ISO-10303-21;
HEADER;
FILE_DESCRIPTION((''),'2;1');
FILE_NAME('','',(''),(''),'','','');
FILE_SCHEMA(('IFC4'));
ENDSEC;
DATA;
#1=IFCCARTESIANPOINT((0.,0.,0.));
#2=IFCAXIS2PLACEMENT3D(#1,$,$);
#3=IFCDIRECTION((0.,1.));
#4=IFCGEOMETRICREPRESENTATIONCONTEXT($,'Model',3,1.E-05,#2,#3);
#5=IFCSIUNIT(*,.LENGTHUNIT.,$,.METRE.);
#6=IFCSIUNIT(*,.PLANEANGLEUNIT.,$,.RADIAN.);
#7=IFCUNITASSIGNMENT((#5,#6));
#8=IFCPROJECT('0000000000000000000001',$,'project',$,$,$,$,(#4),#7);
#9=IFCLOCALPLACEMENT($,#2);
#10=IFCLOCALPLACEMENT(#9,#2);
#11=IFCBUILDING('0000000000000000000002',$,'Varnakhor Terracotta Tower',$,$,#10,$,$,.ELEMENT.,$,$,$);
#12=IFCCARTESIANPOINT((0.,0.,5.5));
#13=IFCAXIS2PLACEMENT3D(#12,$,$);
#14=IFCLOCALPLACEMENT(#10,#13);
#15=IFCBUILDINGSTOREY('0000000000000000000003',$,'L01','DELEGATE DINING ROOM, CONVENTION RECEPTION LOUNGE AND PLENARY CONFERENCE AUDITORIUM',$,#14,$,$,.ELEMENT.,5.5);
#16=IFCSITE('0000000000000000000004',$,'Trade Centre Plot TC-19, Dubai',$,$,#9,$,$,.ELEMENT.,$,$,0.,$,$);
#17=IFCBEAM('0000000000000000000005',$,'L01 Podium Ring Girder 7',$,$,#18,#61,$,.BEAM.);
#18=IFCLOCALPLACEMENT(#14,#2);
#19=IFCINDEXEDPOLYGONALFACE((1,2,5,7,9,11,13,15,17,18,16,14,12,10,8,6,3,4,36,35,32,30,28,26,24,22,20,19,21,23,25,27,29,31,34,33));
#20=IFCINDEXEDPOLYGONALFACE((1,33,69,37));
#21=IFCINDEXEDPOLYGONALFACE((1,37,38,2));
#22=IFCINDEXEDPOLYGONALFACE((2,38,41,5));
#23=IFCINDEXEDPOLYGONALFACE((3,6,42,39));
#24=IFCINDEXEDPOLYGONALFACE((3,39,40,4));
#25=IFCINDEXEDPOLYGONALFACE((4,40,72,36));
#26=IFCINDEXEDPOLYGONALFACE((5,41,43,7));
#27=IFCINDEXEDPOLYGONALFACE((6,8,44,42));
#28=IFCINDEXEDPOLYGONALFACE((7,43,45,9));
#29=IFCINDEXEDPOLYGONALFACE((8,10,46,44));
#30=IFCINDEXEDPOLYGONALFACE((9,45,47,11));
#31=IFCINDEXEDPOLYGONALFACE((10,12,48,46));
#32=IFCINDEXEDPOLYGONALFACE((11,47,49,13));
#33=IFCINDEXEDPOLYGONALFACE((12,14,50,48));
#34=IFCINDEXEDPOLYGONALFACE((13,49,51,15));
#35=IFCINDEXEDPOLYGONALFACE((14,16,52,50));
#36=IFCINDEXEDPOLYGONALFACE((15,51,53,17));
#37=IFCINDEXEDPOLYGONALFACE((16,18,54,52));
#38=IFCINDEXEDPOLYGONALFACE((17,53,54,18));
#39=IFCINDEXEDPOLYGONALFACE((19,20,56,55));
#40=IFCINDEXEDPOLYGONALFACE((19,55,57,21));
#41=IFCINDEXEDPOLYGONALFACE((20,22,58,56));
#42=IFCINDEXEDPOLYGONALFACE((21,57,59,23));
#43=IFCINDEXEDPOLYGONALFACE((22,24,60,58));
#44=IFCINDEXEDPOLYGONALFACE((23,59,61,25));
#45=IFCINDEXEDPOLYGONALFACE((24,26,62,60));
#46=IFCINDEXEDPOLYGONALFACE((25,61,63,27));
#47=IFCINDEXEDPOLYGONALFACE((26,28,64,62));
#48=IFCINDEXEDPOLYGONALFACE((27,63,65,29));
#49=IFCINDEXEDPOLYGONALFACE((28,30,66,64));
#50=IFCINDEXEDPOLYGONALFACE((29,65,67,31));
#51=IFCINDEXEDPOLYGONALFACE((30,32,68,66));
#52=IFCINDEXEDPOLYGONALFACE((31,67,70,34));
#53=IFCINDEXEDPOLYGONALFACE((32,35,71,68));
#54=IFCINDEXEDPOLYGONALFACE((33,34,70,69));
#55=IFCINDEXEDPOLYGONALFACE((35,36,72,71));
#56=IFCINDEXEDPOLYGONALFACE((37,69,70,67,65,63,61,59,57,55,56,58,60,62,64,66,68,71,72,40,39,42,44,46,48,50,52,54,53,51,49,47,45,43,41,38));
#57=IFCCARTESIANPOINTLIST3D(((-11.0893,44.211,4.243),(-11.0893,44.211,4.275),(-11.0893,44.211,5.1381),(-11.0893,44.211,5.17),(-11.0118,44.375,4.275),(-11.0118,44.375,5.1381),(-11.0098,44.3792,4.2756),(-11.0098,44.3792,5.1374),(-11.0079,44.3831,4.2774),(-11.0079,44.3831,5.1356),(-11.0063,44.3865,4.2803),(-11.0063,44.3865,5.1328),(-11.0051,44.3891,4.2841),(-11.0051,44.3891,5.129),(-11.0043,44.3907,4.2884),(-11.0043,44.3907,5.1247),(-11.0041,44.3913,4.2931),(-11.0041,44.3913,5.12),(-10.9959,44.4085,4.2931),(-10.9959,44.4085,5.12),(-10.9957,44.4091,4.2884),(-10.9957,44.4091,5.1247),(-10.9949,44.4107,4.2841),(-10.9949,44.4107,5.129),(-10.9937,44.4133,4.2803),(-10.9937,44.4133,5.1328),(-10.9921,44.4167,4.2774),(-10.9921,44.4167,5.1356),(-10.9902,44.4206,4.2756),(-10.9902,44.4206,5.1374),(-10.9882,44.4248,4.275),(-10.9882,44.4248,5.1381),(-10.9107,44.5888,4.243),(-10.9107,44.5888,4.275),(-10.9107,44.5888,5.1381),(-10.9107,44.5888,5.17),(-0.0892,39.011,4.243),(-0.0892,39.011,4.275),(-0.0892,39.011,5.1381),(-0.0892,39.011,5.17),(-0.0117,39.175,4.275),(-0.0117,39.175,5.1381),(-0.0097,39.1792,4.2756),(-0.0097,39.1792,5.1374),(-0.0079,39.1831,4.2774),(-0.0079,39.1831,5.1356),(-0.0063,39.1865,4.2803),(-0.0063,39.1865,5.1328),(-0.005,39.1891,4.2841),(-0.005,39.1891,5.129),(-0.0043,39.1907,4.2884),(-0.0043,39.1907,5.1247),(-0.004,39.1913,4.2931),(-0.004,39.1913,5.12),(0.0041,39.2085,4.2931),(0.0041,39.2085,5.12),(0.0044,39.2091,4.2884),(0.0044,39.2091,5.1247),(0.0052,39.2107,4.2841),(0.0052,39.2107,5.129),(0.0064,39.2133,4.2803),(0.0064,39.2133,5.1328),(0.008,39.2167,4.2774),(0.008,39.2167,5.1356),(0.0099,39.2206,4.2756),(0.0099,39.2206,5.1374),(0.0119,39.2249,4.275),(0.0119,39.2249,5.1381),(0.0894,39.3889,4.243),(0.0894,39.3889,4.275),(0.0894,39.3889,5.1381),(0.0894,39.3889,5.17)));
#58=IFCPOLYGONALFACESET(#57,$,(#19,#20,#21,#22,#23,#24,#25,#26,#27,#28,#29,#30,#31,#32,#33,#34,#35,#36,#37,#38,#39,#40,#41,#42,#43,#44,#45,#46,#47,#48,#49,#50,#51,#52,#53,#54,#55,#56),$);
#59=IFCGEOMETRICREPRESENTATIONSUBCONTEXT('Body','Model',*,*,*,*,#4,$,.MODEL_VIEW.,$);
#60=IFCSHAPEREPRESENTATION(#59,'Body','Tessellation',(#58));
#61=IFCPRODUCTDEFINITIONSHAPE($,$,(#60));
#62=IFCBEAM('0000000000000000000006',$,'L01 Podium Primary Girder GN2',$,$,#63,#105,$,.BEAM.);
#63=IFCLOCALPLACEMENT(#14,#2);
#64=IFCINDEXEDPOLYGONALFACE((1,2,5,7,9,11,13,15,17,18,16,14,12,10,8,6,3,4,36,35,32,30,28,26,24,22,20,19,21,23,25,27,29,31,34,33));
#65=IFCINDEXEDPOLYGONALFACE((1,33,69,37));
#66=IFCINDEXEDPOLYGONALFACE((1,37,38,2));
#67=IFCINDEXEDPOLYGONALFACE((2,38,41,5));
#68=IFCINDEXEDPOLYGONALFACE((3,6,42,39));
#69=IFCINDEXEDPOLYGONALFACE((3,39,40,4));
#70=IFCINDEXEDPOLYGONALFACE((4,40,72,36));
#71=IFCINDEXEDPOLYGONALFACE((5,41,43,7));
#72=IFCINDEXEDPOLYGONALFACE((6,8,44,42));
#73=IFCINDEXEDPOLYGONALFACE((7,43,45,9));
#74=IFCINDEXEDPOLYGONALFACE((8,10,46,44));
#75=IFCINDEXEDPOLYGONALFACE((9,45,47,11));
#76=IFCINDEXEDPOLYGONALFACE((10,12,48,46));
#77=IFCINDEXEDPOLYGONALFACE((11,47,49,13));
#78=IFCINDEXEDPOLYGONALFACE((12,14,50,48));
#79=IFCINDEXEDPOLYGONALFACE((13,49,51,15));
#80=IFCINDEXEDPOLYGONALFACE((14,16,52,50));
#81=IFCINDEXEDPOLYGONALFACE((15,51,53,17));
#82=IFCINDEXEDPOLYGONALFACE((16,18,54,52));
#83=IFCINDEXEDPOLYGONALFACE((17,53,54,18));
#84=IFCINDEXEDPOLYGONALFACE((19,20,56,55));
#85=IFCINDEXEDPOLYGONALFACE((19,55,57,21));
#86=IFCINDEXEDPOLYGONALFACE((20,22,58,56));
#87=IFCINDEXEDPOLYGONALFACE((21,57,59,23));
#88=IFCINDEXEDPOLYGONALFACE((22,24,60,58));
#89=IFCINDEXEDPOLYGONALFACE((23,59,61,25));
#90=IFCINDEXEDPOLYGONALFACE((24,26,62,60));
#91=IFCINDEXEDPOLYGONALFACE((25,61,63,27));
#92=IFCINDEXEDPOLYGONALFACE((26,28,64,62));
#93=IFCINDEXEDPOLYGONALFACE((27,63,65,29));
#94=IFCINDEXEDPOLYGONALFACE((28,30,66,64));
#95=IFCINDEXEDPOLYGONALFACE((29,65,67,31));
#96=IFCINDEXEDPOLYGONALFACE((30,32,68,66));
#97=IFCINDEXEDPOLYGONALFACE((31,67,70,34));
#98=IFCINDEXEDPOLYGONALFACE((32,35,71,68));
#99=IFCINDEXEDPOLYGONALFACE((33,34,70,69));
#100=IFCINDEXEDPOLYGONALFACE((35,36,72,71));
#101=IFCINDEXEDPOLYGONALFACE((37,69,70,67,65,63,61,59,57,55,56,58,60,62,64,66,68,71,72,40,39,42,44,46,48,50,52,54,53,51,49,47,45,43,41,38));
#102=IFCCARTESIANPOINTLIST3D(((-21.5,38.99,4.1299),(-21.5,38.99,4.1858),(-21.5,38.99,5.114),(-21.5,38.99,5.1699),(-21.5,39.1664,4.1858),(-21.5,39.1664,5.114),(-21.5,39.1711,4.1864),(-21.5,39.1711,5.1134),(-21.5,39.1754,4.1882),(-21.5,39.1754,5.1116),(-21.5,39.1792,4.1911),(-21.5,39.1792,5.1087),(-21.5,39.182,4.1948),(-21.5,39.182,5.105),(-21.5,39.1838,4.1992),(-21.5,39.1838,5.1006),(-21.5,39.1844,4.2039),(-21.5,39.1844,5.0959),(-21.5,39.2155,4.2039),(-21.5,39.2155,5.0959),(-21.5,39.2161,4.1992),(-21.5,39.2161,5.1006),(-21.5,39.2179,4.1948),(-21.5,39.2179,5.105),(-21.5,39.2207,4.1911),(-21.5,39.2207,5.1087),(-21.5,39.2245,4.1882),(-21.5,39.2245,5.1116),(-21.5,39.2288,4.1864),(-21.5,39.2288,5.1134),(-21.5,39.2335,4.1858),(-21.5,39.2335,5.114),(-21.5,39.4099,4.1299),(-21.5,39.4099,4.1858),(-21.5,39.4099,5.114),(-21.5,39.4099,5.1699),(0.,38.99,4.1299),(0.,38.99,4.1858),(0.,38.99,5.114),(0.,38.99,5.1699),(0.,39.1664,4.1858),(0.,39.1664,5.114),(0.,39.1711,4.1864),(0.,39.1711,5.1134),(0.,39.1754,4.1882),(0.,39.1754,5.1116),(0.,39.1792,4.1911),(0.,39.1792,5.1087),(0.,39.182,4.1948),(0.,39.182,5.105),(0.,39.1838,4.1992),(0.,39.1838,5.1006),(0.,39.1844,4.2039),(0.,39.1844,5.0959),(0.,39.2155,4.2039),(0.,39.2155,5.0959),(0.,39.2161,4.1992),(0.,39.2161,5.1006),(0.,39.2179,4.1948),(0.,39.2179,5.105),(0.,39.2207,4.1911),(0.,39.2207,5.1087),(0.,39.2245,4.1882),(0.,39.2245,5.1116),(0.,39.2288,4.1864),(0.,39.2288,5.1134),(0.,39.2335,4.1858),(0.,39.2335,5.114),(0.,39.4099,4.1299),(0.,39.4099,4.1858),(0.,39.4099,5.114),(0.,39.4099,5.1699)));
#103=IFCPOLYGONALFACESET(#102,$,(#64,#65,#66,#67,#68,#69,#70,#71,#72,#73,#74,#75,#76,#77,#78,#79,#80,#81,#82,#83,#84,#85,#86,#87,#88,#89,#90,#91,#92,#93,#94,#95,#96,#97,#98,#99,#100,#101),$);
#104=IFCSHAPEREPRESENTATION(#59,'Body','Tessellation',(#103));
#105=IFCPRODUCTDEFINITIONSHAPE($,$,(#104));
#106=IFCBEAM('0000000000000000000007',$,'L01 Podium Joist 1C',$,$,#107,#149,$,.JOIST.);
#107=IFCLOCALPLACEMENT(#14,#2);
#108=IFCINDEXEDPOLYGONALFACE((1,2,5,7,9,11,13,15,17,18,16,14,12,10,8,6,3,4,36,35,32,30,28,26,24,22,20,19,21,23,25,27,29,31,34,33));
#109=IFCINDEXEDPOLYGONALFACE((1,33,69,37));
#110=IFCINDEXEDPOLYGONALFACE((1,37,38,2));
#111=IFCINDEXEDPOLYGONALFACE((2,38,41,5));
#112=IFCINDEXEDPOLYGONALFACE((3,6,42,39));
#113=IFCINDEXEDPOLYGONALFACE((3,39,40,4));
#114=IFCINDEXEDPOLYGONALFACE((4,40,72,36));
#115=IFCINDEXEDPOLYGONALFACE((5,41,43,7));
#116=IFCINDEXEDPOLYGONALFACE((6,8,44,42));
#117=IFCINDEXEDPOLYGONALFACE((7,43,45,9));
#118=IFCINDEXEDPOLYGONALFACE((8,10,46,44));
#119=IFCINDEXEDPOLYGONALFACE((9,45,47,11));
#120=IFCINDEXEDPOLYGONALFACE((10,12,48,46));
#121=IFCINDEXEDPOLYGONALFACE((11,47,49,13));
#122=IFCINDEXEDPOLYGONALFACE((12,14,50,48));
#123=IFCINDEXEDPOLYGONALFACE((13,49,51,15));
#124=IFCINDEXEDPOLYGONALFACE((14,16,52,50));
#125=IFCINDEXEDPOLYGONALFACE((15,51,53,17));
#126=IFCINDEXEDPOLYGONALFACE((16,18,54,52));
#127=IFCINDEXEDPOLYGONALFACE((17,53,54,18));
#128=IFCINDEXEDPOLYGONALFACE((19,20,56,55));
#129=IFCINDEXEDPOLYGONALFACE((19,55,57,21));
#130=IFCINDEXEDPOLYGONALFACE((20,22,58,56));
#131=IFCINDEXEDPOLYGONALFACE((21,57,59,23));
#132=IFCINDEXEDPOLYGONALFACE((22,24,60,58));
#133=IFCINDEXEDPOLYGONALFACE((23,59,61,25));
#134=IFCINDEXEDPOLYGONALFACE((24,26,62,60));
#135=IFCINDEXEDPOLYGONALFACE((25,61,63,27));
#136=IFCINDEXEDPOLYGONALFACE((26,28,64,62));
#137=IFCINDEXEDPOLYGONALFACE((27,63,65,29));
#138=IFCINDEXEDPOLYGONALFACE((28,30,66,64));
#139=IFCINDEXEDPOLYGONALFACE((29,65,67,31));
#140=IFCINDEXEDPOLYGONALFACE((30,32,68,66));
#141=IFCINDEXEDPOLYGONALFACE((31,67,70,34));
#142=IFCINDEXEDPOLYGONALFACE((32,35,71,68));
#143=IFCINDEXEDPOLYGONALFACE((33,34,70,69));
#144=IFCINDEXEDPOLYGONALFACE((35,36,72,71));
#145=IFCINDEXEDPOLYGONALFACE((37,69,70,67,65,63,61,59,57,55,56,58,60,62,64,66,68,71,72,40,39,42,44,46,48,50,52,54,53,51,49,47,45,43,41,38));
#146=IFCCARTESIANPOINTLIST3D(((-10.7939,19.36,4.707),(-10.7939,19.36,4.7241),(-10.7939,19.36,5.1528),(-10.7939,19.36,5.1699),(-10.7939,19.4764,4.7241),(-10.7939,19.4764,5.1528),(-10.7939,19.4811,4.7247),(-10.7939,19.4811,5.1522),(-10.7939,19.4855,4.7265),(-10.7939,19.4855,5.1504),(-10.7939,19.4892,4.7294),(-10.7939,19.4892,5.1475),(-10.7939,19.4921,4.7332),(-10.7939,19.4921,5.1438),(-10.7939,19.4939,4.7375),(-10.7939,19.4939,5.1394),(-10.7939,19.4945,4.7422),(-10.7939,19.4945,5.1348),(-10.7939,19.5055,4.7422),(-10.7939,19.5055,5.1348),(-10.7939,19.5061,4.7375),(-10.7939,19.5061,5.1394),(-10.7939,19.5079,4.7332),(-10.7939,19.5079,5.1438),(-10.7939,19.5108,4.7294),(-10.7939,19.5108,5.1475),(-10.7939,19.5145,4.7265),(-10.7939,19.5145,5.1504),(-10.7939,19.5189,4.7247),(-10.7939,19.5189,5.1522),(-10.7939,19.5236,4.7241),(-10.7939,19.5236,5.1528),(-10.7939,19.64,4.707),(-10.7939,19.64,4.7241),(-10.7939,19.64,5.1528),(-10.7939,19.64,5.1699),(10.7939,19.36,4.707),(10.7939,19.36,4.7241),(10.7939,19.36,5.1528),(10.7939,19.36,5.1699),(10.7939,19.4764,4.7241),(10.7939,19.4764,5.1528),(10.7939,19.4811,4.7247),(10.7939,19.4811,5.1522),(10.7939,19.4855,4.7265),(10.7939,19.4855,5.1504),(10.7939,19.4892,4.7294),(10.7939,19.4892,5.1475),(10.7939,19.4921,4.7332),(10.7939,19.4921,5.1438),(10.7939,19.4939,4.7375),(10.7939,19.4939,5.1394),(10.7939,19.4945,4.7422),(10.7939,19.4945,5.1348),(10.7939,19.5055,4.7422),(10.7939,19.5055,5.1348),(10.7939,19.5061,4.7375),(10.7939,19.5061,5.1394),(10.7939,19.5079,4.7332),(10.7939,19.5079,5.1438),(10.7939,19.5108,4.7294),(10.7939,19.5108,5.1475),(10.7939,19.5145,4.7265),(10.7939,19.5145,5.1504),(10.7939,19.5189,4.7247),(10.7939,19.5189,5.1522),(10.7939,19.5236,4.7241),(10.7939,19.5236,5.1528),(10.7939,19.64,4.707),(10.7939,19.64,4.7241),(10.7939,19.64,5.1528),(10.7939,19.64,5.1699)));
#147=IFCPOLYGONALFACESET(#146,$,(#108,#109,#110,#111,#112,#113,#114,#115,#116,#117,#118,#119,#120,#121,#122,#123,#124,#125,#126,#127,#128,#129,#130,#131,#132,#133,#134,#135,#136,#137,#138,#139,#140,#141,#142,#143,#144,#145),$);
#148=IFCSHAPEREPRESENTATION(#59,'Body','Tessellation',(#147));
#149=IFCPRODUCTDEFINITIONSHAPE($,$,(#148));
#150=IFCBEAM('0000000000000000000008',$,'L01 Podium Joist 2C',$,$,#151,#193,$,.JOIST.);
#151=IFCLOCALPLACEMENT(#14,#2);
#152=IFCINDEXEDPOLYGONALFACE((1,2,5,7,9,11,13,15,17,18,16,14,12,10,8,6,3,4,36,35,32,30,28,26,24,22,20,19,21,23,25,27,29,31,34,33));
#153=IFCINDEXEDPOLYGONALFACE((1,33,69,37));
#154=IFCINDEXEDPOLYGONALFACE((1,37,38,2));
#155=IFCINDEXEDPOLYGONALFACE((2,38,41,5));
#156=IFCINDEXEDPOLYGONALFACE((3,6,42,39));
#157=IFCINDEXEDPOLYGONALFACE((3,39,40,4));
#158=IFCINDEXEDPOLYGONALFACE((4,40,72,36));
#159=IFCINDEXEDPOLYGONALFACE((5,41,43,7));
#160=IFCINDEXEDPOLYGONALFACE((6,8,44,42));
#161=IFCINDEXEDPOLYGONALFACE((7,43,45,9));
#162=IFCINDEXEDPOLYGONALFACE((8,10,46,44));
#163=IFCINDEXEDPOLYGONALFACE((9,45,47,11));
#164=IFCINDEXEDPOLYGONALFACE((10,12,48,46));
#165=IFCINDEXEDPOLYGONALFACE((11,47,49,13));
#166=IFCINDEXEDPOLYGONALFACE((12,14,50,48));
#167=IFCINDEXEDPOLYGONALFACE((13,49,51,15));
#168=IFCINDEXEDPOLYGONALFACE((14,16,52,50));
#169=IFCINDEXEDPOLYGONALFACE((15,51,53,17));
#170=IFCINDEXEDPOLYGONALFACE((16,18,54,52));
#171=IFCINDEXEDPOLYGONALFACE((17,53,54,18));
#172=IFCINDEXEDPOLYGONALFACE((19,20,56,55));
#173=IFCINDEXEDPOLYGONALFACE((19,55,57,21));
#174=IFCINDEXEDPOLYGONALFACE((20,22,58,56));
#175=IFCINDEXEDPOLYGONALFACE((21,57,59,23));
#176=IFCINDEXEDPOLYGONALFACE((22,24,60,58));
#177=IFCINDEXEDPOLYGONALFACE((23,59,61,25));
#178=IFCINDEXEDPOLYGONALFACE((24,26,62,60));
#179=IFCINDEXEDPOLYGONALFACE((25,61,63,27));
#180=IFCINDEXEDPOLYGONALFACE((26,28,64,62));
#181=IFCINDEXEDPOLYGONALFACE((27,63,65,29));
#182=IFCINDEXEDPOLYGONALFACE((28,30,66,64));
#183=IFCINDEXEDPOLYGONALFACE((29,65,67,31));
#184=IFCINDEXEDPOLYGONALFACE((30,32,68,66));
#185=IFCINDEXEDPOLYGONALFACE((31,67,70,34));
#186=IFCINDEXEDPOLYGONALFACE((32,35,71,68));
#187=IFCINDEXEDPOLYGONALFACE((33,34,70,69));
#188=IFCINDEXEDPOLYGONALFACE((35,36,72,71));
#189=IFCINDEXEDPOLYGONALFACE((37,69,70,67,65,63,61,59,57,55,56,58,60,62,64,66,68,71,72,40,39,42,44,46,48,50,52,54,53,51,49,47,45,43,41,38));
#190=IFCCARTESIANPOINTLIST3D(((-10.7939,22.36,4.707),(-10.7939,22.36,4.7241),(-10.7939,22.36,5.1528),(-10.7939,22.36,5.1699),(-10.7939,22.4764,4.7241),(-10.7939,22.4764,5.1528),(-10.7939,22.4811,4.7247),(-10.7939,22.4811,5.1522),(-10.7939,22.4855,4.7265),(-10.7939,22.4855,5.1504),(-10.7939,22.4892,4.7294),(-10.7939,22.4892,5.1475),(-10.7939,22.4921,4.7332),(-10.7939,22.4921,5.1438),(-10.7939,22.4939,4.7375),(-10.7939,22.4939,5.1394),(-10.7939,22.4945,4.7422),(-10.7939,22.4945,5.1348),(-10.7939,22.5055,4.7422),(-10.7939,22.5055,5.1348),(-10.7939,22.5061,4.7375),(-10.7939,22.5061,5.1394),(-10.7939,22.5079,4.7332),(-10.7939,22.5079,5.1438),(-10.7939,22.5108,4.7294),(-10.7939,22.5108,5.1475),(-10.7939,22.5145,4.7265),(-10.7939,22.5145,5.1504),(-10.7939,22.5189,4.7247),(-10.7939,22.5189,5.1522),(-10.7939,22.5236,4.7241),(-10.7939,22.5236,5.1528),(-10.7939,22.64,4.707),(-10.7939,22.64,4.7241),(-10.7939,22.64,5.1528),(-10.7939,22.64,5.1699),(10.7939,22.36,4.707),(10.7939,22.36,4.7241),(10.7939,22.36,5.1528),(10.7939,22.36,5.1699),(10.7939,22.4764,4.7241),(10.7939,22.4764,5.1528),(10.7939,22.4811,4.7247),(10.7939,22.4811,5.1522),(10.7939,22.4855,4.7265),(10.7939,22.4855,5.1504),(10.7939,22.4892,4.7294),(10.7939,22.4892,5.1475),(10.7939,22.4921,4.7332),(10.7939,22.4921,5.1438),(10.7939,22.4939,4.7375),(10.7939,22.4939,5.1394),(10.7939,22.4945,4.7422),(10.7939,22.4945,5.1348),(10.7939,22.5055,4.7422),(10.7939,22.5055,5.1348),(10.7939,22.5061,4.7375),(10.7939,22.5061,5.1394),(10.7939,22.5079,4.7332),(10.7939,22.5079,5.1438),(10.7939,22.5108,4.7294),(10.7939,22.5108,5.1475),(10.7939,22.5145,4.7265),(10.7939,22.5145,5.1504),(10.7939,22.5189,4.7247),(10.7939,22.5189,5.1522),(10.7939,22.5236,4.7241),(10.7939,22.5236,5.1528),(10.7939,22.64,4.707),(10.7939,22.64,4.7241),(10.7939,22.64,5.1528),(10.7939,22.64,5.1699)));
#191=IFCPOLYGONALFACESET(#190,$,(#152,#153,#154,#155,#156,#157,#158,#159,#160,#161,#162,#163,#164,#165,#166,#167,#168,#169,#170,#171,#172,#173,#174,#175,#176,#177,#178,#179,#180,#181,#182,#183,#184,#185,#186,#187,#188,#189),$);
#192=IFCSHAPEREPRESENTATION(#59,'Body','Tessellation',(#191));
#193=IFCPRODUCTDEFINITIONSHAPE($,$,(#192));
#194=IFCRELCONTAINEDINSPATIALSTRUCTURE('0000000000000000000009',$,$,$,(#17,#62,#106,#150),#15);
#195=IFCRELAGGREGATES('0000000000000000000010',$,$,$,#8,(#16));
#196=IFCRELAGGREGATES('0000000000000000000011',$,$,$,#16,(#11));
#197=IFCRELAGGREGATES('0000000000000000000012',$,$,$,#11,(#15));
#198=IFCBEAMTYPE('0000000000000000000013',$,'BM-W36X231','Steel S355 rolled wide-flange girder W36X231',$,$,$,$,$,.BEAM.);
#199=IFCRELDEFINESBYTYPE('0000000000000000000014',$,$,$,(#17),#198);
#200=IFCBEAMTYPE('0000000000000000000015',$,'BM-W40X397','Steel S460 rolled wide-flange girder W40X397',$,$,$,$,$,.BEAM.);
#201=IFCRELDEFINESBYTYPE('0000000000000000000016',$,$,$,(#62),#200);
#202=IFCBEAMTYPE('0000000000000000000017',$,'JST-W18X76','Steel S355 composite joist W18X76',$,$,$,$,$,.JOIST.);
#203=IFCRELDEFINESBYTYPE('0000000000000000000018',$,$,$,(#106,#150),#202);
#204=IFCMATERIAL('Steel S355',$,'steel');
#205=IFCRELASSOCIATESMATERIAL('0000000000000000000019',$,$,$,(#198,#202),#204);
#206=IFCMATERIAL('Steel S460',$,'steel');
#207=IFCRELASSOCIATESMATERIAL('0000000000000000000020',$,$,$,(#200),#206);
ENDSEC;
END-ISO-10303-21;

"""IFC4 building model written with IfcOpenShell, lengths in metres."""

from ifc_helpers import new_model, si_unit, direction, frame, origin, origin_2d, place, context, subcontext, project, spatial, i_section, extrude, source, transform, mapped, material, material_profile, profile_set, type_object, element, save


model = new_model("IFC4")

# Units and contexts
model_context = context("Model", 3, precision=1e-05, world=origin(), true_north=direction((0.0, 1.0)))
body_context = subcontext(model_context, "Body", "Model", "MODEL_VIEW")
ifc_project = project(units=[si_unit("LENGTHUNIT", "METRE"), si_unit("PLANEANGLEUNIT", "RADIAN")], contexts=[model_context])

# Site, building, storey
site_placement = place(None, origin())
site = spatial("IfcSite", under=ifc_project, at=site_placement, Name="Trade Centre Plot TC-19, Dubai", CompositionType="ELEMENT", RefElevation=0.0)
building_placement = place(site_placement, origin())
building = spatial("IfcBuilding", under=site, at=building_placement, Name="Varnakhor Terracotta Tower", CompositionType="ELEMENT")
storey_placement = place(building_placement, frame((0.0, 0.0, 5.5)))
storey = spatial("IfcBuildingStorey", under=building, at=storey_placement, Name="L01", Description="DELEGATE DINING ROOM, CONVENTION RECEPTION LOUNGE AND PLENARY CONFERENCE AUDITORIUM", CompositionType="ELEMENT", Elevation=5.5)

# Shared definitions
ifc_material_1 = material(Name="Steel S460", Category="steel")

# Beams
ifc_material_2 = material(Name="Steel S355", Category="steel")
ifc_material_profile_1 = material_profile(ifc_material_2, i_section(OverallWidth=0.418, OverallDepth=0.927, WebThickness=0.019, FlangeThickness=0.032, FilletRadius=0.0181, at=origin_2d()), Name="W36X231")
ifc_profile_set_1 = profile_set([ifc_material_profile_1], Name="Steel S355")
beam_type_1 = type_object("IfcBeamType", Name="BM-W36X231", Description="Steel S355 rolled wide-flange girder W36X231", PredefinedType="BEAM", material=ifc_profile_set_1)
shared_shape_1 = source(origin(), body_context, "Body", "SweptSolid", [
    extrude(i_section(OverallWidth=0.418, OverallDepth=0.927, WebThickness=0.019, FlangeThickness=0.032, FilletRadius=0.0181, at=origin_2d()), origin(), (0.0, 0.0, 1.0), 12.1672),
])
beam_1_placement = place(storey_placement, frame((-11.0, 44.3999, 4.7065), z_axis=(0.904074, -0.427376, 0.0), x_axis=(0.427376, 0.904074, 0.0)))
element("IfcBeam", 1, at=beam_1_placement, inside=storey, type_object=beam_type_1, Name="L01 Podium Ring Girder 7", PredefinedType="BEAM", context=body_context, shape_type="MappedRepresentation", body=[
    mapped(shared_shape_1, transform((0.0, 0.0, 0.0), scale=1.0)),
])
ifc_material_profile_2 = material_profile(ifc_material_1, i_section(OverallWidth=0.4199, OverallDepth=1.04, WebThickness=0.031, FlangeThickness=0.0559, FilletRadius=0.0181, at=origin_2d()), Name="W40X397")
ifc_profile_set_2 = profile_set([ifc_material_profile_2], Name="Steel S460")
beam_type_2 = type_object("IfcBeamType", Name="BM-W40X397", Description="Steel S460 rolled wide-flange girder W40X397", PredefinedType="BEAM", material=ifc_profile_set_2)
shared_shape_2 = source(origin(), body_context, "Body", "SweptSolid", [
    extrude(i_section(OverallWidth=0.4199, OverallDepth=1.04, WebThickness=0.031, FlangeThickness=0.0559, FilletRadius=0.0181, at=origin_2d()), origin(), (0.0, 0.0, 1.0), 21.5),
])
beam_2_placement = place(storey_placement, frame((-21.5, 39.2, 4.6499), z_axis=(1.0, 0.0, 0.0), x_axis=(0.0, 1.0, 0.0)))
element("IfcBeam", 2, at=beam_2_placement, inside=storey, type_object=beam_type_2, Name="L01 Podium Primary Girder GN2", PredefinedType="BEAM", context=body_context, shape_type="MappedRepresentation", body=[
    mapped(shared_shape_2, transform((0.0, 0.0, 0.0), scale=1.0)),
])
ifc_material_profile_3 = material_profile(ifc_material_2, i_section(OverallWidth=0.28, OverallDepth=0.4629, WebThickness=0.011, FlangeThickness=0.0171, FilletRadius=0.0181, at=origin_2d()), Name="W18X76")
ifc_profile_set_3 = profile_set([ifc_material_profile_3], Name="Steel S355")
beam_type_3 = type_object("IfcBeamType", Name="JST-W18X76", Description="Steel S355 composite joist W18X76", PredefinedType="JOIST", material=ifc_profile_set_3)
shared_shape_3 = source(origin(), body_context, "Body", "SweptSolid", [
    extrude(i_section(OverallWidth=0.28, OverallDepth=0.4629, WebThickness=0.011, FlangeThickness=0.0171, FilletRadius=0.0181, at=origin_2d()), origin(), (0.0, 0.0, 1.0), 21.5879),
])
for number, where, z_axis, x_axis, name in (
    (3, (-10.7939, 19.5, 4.9385), (1.0, 0.0, 0.0), (0.0, 1.0, 0.0), "L01 Podium Joist 1C"),
    (4, (-10.7939, 22.5, 4.9385), (1.0, 0.0, 0.0), (0.0, 1.0, 0.0), "L01 Podium Joist 2C"),
):
    element("IfcBeam", number, at=place(storey_placement, frame(where, z_axis=z_axis, x_axis=x_axis)), inside=storey, type_object=beam_type_3, Name=name, PredefinedType="JOIST", context=body_context, shape_type="MappedRepresentation", body=[
        mapped(shared_shape_3, transform((0.0, 0.0, 0.0), scale=1.0)),
    ])

save(model, "model.ifc")
